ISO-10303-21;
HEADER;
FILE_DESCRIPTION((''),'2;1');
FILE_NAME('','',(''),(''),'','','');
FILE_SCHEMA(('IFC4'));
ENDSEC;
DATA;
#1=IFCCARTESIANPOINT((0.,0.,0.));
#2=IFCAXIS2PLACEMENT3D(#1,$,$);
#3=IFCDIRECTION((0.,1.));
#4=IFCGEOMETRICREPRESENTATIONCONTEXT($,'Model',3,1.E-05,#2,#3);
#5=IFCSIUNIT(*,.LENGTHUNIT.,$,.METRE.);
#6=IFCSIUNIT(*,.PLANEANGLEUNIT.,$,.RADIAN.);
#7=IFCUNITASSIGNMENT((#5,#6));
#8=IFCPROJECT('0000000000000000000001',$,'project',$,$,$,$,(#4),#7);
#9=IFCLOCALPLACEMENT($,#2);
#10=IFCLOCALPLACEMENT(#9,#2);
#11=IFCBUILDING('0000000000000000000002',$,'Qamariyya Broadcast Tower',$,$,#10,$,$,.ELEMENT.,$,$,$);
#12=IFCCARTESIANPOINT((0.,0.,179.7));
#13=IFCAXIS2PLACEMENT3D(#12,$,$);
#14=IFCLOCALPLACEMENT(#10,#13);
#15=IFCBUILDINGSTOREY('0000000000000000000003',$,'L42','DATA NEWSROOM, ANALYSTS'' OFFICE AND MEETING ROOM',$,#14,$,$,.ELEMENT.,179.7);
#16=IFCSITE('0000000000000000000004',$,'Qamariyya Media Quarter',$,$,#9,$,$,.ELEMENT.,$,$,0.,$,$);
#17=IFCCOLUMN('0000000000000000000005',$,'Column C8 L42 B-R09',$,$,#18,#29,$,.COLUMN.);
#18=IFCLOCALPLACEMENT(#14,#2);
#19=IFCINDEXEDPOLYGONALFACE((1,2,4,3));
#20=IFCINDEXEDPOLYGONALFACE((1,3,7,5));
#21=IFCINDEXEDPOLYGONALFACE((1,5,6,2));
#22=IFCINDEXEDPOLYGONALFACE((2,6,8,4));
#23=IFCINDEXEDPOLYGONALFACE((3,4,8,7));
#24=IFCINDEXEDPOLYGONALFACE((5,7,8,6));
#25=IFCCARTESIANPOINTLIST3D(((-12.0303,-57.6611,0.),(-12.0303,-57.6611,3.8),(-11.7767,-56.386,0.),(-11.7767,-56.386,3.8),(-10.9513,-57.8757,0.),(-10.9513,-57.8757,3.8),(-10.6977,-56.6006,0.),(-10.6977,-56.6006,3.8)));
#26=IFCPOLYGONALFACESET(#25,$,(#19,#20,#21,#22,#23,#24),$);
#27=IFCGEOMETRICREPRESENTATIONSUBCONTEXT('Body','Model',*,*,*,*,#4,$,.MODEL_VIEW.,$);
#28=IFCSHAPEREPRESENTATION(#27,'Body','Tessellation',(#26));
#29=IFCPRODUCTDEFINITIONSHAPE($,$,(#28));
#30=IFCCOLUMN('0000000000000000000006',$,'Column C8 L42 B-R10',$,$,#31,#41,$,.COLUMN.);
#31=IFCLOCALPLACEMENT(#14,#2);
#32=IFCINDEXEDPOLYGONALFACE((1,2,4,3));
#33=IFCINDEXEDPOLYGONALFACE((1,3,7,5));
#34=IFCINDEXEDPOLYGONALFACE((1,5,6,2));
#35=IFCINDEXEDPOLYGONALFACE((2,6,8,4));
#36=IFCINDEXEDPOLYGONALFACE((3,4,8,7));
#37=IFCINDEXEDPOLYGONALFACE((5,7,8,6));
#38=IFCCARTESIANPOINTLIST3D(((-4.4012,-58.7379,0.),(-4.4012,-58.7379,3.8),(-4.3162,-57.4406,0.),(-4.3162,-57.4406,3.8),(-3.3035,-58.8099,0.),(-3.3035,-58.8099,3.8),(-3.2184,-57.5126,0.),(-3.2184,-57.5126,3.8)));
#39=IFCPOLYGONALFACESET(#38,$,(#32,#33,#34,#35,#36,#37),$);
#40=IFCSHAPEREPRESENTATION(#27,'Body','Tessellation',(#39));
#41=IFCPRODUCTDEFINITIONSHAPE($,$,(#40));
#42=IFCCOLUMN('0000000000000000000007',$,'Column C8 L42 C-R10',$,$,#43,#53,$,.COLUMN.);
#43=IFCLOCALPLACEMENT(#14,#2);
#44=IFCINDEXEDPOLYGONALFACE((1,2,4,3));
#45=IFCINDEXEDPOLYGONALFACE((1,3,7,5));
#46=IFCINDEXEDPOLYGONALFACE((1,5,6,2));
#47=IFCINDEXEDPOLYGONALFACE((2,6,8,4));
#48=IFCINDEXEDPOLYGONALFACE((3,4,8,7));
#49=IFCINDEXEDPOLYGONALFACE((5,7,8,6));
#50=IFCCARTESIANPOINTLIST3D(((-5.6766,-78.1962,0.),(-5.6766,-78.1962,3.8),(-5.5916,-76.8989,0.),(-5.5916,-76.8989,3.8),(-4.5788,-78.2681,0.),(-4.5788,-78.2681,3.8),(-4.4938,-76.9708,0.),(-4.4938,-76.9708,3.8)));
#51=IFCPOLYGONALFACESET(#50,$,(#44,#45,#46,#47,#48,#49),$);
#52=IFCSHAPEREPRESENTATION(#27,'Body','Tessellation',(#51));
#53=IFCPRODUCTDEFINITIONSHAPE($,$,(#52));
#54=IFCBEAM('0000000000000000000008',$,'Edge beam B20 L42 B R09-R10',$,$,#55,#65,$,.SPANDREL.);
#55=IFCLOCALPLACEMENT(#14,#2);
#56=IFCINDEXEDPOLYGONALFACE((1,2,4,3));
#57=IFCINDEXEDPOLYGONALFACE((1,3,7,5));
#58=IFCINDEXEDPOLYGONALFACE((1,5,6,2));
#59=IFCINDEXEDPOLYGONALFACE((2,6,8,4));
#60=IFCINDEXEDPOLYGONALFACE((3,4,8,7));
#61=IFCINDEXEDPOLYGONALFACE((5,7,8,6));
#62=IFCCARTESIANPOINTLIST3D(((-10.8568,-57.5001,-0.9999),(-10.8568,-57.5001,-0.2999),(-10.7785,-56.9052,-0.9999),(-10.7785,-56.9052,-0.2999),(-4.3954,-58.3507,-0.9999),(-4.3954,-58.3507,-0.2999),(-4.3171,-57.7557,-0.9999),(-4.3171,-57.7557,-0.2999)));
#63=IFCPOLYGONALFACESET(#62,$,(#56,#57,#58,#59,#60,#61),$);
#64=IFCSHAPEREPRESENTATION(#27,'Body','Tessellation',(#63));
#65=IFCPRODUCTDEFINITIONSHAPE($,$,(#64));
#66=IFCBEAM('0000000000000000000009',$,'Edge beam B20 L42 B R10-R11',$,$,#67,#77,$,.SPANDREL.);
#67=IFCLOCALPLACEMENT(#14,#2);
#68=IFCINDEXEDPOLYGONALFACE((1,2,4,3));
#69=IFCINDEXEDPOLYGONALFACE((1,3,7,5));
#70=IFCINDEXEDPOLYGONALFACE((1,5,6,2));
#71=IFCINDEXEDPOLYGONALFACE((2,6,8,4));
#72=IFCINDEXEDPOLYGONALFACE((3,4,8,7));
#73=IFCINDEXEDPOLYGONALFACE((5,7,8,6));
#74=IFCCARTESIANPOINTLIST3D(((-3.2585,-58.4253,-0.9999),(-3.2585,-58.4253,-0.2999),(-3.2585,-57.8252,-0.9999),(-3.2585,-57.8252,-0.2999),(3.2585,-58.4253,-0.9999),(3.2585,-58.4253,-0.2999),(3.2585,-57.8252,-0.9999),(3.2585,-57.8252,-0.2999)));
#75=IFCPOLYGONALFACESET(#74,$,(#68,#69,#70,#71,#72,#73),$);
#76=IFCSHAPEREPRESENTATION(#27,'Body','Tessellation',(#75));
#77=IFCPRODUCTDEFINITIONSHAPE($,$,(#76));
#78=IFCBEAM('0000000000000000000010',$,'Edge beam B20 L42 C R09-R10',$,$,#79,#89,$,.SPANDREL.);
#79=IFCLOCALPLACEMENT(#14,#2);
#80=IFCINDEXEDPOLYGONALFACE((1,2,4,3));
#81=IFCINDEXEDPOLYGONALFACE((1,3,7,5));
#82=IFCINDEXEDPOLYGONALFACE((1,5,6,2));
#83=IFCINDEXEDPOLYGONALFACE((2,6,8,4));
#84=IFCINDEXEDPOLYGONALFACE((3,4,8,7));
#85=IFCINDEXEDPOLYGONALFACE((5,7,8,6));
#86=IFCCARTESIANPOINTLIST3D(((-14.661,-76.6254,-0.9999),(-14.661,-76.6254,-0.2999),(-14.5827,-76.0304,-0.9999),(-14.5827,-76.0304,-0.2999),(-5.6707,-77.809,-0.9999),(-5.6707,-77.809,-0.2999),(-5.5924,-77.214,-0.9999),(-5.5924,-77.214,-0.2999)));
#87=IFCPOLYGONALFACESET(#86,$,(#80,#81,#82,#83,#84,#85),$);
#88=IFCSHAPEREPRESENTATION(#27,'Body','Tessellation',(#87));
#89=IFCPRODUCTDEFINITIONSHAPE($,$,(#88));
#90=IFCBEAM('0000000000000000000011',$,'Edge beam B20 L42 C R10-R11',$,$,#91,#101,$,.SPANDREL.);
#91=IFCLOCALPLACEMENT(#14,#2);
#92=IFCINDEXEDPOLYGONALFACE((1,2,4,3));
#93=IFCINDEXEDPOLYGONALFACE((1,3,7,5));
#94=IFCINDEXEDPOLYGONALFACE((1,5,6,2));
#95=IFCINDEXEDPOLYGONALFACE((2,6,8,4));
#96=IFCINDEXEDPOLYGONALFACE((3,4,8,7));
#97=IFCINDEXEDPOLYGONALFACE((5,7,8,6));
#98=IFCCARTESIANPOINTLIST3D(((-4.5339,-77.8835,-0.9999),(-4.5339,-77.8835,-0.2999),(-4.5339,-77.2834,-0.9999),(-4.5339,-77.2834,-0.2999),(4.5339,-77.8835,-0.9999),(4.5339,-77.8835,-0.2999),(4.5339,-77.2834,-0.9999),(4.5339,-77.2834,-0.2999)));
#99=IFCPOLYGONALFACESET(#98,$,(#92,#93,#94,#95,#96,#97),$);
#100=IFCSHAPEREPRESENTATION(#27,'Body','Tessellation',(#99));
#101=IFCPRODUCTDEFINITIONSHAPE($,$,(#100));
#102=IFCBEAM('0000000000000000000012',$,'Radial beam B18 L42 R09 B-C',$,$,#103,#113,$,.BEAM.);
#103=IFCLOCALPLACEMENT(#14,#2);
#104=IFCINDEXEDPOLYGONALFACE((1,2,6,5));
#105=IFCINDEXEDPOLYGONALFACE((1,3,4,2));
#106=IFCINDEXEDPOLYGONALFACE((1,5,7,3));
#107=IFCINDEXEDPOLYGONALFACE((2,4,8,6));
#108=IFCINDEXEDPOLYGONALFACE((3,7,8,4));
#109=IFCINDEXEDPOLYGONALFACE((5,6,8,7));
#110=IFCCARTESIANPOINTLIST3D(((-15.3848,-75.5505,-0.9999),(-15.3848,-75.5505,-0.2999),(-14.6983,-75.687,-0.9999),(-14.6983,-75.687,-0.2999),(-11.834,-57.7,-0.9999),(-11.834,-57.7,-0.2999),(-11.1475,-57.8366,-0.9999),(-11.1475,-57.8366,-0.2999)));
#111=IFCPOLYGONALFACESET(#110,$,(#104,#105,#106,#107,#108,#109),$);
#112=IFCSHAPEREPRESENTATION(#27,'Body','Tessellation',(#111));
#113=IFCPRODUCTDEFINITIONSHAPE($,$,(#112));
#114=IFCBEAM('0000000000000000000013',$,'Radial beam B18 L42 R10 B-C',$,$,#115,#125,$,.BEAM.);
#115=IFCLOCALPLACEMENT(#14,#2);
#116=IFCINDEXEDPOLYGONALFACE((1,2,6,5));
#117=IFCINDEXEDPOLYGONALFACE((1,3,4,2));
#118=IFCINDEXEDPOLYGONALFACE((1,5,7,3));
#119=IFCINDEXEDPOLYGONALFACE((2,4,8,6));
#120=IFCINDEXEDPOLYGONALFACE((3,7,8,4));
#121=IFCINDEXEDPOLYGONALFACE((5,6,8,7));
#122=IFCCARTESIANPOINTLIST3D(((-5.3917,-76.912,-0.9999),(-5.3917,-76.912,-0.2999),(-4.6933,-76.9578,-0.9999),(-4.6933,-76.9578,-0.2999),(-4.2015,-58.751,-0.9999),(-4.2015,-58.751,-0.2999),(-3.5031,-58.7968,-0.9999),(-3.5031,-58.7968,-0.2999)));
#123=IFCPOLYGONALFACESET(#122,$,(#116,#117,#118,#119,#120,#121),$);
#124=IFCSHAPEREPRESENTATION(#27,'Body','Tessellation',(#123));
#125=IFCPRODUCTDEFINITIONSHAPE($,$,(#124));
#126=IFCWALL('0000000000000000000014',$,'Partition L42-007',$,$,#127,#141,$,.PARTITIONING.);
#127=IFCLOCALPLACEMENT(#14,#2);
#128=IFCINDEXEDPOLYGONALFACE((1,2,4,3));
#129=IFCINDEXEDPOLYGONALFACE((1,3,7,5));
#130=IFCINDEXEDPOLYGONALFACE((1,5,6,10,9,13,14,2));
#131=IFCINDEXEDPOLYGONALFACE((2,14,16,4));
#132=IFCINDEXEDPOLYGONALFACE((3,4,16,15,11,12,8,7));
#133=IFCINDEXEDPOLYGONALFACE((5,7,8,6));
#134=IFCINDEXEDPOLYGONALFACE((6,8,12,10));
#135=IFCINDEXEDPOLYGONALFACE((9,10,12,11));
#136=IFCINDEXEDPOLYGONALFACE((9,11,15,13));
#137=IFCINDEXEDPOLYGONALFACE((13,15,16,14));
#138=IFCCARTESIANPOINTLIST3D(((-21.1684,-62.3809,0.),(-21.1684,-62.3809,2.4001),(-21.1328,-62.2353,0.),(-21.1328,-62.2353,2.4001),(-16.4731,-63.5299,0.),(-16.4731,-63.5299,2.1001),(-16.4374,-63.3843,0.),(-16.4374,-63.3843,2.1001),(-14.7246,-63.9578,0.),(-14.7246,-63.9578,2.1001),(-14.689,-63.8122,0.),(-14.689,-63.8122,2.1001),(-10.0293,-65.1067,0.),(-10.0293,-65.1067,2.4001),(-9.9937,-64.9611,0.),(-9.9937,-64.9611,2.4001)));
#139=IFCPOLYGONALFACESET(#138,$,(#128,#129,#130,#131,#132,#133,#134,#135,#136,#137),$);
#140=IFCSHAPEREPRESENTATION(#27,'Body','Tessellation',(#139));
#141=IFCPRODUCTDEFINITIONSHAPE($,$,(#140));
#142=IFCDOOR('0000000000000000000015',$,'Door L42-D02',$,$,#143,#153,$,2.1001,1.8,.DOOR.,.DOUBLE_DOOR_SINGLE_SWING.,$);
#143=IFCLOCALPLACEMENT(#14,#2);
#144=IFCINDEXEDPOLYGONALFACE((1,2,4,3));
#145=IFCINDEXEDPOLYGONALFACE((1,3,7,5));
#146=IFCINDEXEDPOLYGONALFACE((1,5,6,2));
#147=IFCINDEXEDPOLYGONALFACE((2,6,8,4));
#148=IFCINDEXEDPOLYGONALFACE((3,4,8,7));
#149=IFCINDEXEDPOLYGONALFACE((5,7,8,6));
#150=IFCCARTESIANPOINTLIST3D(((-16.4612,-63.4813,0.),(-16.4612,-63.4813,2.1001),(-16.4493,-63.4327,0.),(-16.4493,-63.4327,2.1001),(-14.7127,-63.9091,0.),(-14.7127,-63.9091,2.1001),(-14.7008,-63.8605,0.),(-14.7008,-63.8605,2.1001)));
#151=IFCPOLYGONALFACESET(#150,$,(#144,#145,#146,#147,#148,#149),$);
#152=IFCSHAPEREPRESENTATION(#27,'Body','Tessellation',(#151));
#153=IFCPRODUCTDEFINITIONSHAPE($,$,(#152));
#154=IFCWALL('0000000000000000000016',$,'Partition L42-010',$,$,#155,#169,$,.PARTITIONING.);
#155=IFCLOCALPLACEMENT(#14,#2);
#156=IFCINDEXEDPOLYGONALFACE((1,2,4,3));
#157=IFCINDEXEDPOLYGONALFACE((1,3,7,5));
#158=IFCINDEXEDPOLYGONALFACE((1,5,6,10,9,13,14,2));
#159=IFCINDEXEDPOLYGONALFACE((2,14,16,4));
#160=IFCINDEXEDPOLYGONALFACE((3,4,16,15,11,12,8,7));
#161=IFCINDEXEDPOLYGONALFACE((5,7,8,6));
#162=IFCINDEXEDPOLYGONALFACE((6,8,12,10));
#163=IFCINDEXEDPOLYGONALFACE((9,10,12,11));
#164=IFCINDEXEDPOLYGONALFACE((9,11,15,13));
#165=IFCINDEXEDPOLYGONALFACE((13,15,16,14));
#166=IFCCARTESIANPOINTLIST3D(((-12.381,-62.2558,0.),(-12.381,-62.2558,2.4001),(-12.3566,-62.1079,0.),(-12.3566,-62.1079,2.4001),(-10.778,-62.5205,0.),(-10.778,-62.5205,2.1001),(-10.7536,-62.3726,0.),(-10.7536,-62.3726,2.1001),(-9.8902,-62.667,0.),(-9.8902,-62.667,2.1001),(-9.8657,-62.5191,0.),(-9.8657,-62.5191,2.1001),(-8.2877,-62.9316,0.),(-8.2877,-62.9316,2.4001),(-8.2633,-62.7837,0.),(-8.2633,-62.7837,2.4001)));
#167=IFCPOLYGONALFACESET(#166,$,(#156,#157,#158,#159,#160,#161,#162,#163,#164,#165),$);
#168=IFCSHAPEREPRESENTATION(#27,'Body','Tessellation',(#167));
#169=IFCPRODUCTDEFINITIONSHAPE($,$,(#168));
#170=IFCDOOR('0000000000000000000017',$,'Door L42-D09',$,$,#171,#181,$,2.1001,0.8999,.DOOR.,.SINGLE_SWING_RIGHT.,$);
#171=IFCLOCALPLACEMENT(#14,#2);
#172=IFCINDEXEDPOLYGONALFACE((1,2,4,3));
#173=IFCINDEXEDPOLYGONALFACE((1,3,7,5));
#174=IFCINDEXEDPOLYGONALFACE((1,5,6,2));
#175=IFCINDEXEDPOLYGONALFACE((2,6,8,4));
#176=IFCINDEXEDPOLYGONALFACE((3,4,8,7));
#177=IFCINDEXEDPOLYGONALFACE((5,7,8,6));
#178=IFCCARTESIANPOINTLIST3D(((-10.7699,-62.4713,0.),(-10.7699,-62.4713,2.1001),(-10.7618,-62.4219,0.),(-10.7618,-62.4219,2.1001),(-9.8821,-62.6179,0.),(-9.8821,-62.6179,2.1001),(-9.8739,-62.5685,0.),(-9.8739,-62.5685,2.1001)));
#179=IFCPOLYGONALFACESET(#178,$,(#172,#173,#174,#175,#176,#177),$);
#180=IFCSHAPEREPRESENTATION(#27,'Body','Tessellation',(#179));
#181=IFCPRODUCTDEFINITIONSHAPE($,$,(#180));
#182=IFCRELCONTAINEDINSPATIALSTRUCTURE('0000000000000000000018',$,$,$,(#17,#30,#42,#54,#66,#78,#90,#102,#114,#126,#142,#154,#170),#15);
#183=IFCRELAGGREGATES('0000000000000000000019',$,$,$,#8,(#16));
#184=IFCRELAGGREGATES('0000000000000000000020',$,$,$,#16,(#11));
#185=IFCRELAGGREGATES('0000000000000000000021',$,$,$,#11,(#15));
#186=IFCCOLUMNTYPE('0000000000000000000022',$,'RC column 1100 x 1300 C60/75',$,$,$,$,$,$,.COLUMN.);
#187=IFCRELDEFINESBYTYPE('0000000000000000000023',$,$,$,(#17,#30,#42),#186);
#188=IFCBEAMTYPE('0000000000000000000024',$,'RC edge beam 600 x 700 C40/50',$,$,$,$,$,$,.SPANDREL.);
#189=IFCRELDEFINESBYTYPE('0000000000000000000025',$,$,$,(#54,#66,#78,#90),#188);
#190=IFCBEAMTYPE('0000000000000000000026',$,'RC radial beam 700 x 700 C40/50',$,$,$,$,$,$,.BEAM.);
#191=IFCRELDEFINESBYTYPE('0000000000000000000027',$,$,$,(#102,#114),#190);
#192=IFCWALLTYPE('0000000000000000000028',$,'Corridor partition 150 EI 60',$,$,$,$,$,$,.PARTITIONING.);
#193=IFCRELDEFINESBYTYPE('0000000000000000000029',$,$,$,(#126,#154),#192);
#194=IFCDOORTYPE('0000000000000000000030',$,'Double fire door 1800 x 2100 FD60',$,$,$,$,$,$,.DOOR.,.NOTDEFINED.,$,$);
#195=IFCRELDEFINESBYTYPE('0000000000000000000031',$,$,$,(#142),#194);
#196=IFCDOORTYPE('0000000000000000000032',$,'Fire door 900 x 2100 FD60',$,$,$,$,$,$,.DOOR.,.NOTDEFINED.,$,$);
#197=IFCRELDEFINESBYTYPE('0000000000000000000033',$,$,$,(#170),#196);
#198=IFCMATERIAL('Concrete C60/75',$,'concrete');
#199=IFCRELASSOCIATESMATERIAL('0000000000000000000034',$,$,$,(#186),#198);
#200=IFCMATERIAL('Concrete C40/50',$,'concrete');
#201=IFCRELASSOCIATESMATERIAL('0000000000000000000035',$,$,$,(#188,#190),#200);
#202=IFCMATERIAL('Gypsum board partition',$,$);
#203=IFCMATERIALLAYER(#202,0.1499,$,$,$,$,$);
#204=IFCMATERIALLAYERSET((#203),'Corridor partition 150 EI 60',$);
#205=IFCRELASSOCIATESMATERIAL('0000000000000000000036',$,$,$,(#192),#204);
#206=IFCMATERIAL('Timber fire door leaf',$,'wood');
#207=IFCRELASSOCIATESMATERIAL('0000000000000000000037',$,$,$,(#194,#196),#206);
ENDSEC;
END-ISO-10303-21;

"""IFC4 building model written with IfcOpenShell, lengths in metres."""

from ifc_helpers import new_model, si_unit, direction, frame, frame_2d, origin, origin_2d, place, context, subcontext, project, spatial, rectangle, extrude, material, layer, layer_set, material_profile, profile_set, type_object, element, fill, save


model = new_model("IFC4")

# Units and contexts
model_context = context("Model", 3, precision=1e-05, world=origin(), true_north=direction((0.0, 1.0)))
body_context = subcontext(model_context, "Body", "Model", "MODEL_VIEW")
ifc_project = project(units=[si_unit("LENGTHUNIT", "METRE"), si_unit("PLANEANGLEUNIT", "RADIAN")], contexts=[model_context])

# Site, building, storey
site_placement = place(None, origin())
site = spatial("IfcSite", under=ifc_project, at=site_placement, Name="Qamariyya Media Quarter", CompositionType="ELEMENT", RefElevation=0.0)
building_placement = place(site_placement, origin())
building = spatial("IfcBuilding", under=site, at=building_placement, Name="Qamariyya Broadcast Tower", CompositionType="ELEMENT")
storey_placement = place(building_placement, frame((0.0, 0.0, 179.7)))
storey = spatial("IfcBuildingStorey", under=building, at=storey_placement, Name="L42", Description="DATA NEWSROOM, ANALYSTS' OFFICE AND MEETING ROOM", CompositionType="ELEMENT", Elevation=179.7)

# Columns
ifc_material_1 = material(Name="Concrete C60/75", Category="concrete")
ifc_material_profile_1 = material_profile(ifc_material_1, rectangle(XDim=1.1001, YDim=1.3, at=origin_2d()))
ifc_profile_set_1 = profile_set([ifc_material_profile_1], Name="Concrete C60/75")
column_type = type_object("IfcColumnType", Name="RC column 1100 x 1300 C60/75", PredefinedType="COLUMN", material=ifc_profile_set_1)
for number, where, z_axis, x_axis, name in (
    (1, (-11.364, -57.1309, 0.0), (0.0, 0.0, 1.0), (0.980785, -0.19509, 0.0), "Column C8 L42 B-R09"),
    (2, (-3.8098, -58.1252, 0.0), (0.0, 0.0, 1.0), (0.997859, -0.065403, 0.0), "Column C8 L42 B-R10"),
    (3, (-5.0852, -77.5835, 0.0), (0.0, 0.0, 1.0), (0.997859, -0.065403, 0.0), "Column C8 L42 C-R10"),
):
    element("IfcColumn", number, at=place(storey_placement, frame(where, z_axis=z_axis, x_axis=x_axis)), inside=storey, type_object=column_type, Name=name, PredefinedType="COLUMN", context=body_context, shape_type="SweptSolid", body=[
        extrude(rectangle(XDim=1.1001, YDim=1.3, at=origin_2d()), origin(), (0.0, 0.0, 1.0), 3.8),
    ])

# Beams
ifc_material_2 = material(Name="Concrete C40/50", Category="concrete")
ifc_material_profile_2 = material_profile(ifc_material_2, rectangle(XDim=0.6001, YDim=0.7, at=origin_2d()))
ifc_profile_set_2 = profile_set([ifc_material_profile_2], Name="Concrete C40/50")
beam_type_1 = type_object("IfcBeamType", Name="RC edge beam 600 x 700 C40/50", PredefinedType="SPANDREL", material=ifc_profile_set_2)
for number, where, z_axis, x_axis, name in (
    (4, (-10.8176, -57.2026, -0.6499), (0.991446, -0.130515, 0.0), (0.130515, 0.991446, 0.0), "Edge beam B20 L42 B R09-R10"),
    (5, (-3.2585, -58.1252, -0.6499), (1.0, 0.0, 0.0), (0.0, 1.0, 0.0), "Edge beam B20 L42 B R10-R11"),
):
    element("IfcBeam", number, at=place(storey_placement, frame(where, z_axis=z_axis, x_axis=x_axis)), inside=storey, type_object=beam_type_1, Name=name, PredefinedType="SPANDREL", context=body_context, shape_type="SweptSolid", body=[
        extrude(rectangle(XDim=0.6001, YDim=0.7, at=origin_2d()), origin(), (0.0, 0.0, 1.0), 6.5171),
    ])
for number, where, z_axis, x_axis, name in (
    (6, (-14.6218, -76.3279, -0.6499), (0.991445, -0.130527, 0.0), (0.130527, 0.991445, 0.0), "Edge beam B20 L42 C R09-R10"),
    (7, (-4.5339, -77.5835, -0.6499), (1.0, 0.0, 0.0), (0.0, 1.0, 0.0), "Edge beam B20 L42 C R10-R11"),
):
    element("IfcBeam", number, at=place(storey_placement, frame(where, z_axis=z_axis, x_axis=x_axis)), inside=storey, type_object=beam_type_1, Name=name, PredefinedType="SPANDREL", context=body_context, shape_type="SweptSolid", body=[
        extrude(rectangle(XDim=0.6001, YDim=0.7, at=origin_2d()), origin(), (0.0, 0.0, 1.0), 9.0679),
    ])
ifc_material_profile_3 = material_profile(ifc_material_2, rectangle(XDim=0.7, YDim=0.7, at=origin_2d()))
ifc_profile_set_3 = profile_set([ifc_material_profile_3], Name="Concrete C40/50")
beam_type_2 = type_object("IfcBeamType", Name="RC radial beam 700 x 700 C40/50", PredefinedType="BEAM", material=ifc_profile_set_3)
beam_1_placement = place(storey_placement, frame((-11.4907, -57.7683, -0.6499), z_axis=(-0.195097, -0.980784, 0.0), x_axis=(0.980784, -0.195097, 0.0)))
element("IfcBeam", 8, at=beam_1_placement, inside=storey, type_object=beam_type_2, Name="Radial beam B18 L42 R09 B-C", PredefinedType="BEAM", context=body_context, shape_type="SweptSolid", body=[
    extrude(rectangle(XDim=0.7, YDim=0.7, at=origin_2d()), origin(), (0.0, 0.0, 1.0), 18.2002),
])
beam_2_placement = place(storey_placement, frame((-3.8523, -58.7739, -0.6499), z_axis=(-0.065395, -0.997859, 0.0), x_axis=(0.997859, -0.065395, 0.0)))
element("IfcBeam", 9, at=beam_2_placement, inside=storey, type_object=beam_type_2, Name="Radial beam B18 L42 R10 B-C", PredefinedType="BEAM", context=body_context, shape_type="SweptSolid", body=[
    extrude(rectangle(XDim=0.7, YDim=0.7, at=origin_2d()), origin(), (0.0, 0.0, 1.0), 18.2),
])

# Walls, openings, doors
ifc_material_3 = material(Name="Gypsum board partition")
ifc_layer_1 = layer(ifc_material_3, 0.1499)
ifc_layer_set_1 = layer_set([ifc_layer_1], Name="Corridor partition 150 EI 60")
wall_type_1 = type_object("IfcWallType", Name="Corridor partition 150 EI 60", PredefinedType="PARTITIONING", material=ifc_layer_set_1)
wall_1_placement = place(storey_placement, frame((-10.0115, -65.0339, 0.0), z_axis=(0.0, 0.0, 1.0), x_axis=(-0.97134, 0.237694, 0.0)))
wall_1 = element("IfcWall", 10, at=wall_1_placement, inside=storey, type_object=wall_type_1, Name="Partition L42-007", PredefinedType="PARTITIONING", context=body_context, shape_type="SweptSolid", body=[
    extrude(rectangle(XDim=11.4678, YDim=0.1499, at=frame_2d((5.7339, 0.0))), origin(), (0.0, 0.0, 1.0), 2.4001),
])
opening_1_placement = place(wall_1_placement, frame((4.834, 0.0, 0.0)))
opening_1 = element("IfcOpeningElement", 11, at=opening_1_placement, cuts=wall_1, PredefinedType="OPENING", context=body_context, shape_type="SweptSolid", body=[
    extrude(rectangle(XDim=1.8, YDim=2.1001, at=frame_2d((0.8999, 1.05))), frame((0.0, 0.085, 0.0), z_axis=(0.0, -1.0, 0.0), x_axis=(1.0, 0.0, 0.0)), (0.0, 0.0, 1.0), 0.1699),
])
ifc_material_4 = material(Name="Timber fire door leaf", Category="wood")
door_type_1 = type_object("IfcDoorType", Name="Double fire door 1800 x 2100 FD60", OperationType="NOTDEFINED", PredefinedType="DOOR", material=ifc_material_4)
door_1_placement = place(opening_1_placement, origin())
door_1 = element("IfcDoor", 12, at=door_1_placement, inside=storey, type_object=door_type_1, Name="Door L42-D02", OperationType="DOUBLE_DOOR_SINGLE_SWING", OverallHeight=2.1001, OverallWidth=1.8, PredefinedType="DOOR", context=body_context, shape_type="SweptSolid", body=[
    extrude(rectangle(XDim=1.8, YDim=2.1001, at=frame_2d((0.8999, 1.05))), frame((0.0, 0.0249, 0.0), z_axis=(0.0, -1.0, 0.0), x_axis=(1.0, 0.0, 0.0)), (0.0, 0.0, 1.0), 0.05),
])
fill(opening_1, door_1)
wall_2_placement = place(storey_placement, frame((-12.3687, -62.1819, 0.0), z_axis=(0.0, 0.0, 1.0), x_axis=(0.986644, -0.162891, 0.0)))
wall_2 = element("IfcWall", 13, at=wall_2_placement, inside=storey, type_object=wall_type_1, Name="Partition L42-010", PredefinedType="PARTITIONING", context=body_context, shape_type="SweptSolid", body=[
    extrude(rectangle(XDim=4.1487, YDim=0.1499, at=frame_2d((2.0742, 0.0))), origin(), (0.0, 0.0, 1.0), 2.4001),
])
opening_2_placement = place(wall_2_placement, frame((1.6245, 0.0, 0.0)))
opening_2 = element("IfcOpeningElement", 14, at=opening_2_placement, cuts=wall_2, PredefinedType="OPENING", context=body_context, shape_type="SweptSolid", body=[
    extrude(rectangle(XDim=0.8999, YDim=2.1001, at=frame_2d((0.45, 1.05))), frame((0.0, 0.085, 0.0), z_axis=(0.0, -1.0, 0.0), x_axis=(1.0, 0.0, 0.0)), (0.0, 0.0, 1.0), 0.1699),
])
door_type_2 = type_object("IfcDoorType", Name="Fire door 900 x 2100 FD60", OperationType="NOTDEFINED", PredefinedType="DOOR", material=ifc_material_4)
door_2_placement = place(opening_2_placement, origin())
door_2 = element("IfcDoor", 15, at=door_2_placement, inside=storey, type_object=door_type_2, Name="Door L42-D09", OperationType="SINGLE_SWING_RIGHT", OverallHeight=2.1001, OverallWidth=0.8999, PredefinedType="DOOR", context=body_context, shape_type="SweptSolid", body=[
    extrude(rectangle(XDim=0.8999, YDim=2.1001, at=frame_2d((0.45, 1.05))), frame((0.0, 0.0249, 0.0), z_axis=(0.0, -1.0, 0.0), x_axis=(1.0, 0.0, 0.0)), (0.0, 0.0, 1.0), 0.05),
])
fill(opening_2, door_2)

save(model, "model.ifc")
